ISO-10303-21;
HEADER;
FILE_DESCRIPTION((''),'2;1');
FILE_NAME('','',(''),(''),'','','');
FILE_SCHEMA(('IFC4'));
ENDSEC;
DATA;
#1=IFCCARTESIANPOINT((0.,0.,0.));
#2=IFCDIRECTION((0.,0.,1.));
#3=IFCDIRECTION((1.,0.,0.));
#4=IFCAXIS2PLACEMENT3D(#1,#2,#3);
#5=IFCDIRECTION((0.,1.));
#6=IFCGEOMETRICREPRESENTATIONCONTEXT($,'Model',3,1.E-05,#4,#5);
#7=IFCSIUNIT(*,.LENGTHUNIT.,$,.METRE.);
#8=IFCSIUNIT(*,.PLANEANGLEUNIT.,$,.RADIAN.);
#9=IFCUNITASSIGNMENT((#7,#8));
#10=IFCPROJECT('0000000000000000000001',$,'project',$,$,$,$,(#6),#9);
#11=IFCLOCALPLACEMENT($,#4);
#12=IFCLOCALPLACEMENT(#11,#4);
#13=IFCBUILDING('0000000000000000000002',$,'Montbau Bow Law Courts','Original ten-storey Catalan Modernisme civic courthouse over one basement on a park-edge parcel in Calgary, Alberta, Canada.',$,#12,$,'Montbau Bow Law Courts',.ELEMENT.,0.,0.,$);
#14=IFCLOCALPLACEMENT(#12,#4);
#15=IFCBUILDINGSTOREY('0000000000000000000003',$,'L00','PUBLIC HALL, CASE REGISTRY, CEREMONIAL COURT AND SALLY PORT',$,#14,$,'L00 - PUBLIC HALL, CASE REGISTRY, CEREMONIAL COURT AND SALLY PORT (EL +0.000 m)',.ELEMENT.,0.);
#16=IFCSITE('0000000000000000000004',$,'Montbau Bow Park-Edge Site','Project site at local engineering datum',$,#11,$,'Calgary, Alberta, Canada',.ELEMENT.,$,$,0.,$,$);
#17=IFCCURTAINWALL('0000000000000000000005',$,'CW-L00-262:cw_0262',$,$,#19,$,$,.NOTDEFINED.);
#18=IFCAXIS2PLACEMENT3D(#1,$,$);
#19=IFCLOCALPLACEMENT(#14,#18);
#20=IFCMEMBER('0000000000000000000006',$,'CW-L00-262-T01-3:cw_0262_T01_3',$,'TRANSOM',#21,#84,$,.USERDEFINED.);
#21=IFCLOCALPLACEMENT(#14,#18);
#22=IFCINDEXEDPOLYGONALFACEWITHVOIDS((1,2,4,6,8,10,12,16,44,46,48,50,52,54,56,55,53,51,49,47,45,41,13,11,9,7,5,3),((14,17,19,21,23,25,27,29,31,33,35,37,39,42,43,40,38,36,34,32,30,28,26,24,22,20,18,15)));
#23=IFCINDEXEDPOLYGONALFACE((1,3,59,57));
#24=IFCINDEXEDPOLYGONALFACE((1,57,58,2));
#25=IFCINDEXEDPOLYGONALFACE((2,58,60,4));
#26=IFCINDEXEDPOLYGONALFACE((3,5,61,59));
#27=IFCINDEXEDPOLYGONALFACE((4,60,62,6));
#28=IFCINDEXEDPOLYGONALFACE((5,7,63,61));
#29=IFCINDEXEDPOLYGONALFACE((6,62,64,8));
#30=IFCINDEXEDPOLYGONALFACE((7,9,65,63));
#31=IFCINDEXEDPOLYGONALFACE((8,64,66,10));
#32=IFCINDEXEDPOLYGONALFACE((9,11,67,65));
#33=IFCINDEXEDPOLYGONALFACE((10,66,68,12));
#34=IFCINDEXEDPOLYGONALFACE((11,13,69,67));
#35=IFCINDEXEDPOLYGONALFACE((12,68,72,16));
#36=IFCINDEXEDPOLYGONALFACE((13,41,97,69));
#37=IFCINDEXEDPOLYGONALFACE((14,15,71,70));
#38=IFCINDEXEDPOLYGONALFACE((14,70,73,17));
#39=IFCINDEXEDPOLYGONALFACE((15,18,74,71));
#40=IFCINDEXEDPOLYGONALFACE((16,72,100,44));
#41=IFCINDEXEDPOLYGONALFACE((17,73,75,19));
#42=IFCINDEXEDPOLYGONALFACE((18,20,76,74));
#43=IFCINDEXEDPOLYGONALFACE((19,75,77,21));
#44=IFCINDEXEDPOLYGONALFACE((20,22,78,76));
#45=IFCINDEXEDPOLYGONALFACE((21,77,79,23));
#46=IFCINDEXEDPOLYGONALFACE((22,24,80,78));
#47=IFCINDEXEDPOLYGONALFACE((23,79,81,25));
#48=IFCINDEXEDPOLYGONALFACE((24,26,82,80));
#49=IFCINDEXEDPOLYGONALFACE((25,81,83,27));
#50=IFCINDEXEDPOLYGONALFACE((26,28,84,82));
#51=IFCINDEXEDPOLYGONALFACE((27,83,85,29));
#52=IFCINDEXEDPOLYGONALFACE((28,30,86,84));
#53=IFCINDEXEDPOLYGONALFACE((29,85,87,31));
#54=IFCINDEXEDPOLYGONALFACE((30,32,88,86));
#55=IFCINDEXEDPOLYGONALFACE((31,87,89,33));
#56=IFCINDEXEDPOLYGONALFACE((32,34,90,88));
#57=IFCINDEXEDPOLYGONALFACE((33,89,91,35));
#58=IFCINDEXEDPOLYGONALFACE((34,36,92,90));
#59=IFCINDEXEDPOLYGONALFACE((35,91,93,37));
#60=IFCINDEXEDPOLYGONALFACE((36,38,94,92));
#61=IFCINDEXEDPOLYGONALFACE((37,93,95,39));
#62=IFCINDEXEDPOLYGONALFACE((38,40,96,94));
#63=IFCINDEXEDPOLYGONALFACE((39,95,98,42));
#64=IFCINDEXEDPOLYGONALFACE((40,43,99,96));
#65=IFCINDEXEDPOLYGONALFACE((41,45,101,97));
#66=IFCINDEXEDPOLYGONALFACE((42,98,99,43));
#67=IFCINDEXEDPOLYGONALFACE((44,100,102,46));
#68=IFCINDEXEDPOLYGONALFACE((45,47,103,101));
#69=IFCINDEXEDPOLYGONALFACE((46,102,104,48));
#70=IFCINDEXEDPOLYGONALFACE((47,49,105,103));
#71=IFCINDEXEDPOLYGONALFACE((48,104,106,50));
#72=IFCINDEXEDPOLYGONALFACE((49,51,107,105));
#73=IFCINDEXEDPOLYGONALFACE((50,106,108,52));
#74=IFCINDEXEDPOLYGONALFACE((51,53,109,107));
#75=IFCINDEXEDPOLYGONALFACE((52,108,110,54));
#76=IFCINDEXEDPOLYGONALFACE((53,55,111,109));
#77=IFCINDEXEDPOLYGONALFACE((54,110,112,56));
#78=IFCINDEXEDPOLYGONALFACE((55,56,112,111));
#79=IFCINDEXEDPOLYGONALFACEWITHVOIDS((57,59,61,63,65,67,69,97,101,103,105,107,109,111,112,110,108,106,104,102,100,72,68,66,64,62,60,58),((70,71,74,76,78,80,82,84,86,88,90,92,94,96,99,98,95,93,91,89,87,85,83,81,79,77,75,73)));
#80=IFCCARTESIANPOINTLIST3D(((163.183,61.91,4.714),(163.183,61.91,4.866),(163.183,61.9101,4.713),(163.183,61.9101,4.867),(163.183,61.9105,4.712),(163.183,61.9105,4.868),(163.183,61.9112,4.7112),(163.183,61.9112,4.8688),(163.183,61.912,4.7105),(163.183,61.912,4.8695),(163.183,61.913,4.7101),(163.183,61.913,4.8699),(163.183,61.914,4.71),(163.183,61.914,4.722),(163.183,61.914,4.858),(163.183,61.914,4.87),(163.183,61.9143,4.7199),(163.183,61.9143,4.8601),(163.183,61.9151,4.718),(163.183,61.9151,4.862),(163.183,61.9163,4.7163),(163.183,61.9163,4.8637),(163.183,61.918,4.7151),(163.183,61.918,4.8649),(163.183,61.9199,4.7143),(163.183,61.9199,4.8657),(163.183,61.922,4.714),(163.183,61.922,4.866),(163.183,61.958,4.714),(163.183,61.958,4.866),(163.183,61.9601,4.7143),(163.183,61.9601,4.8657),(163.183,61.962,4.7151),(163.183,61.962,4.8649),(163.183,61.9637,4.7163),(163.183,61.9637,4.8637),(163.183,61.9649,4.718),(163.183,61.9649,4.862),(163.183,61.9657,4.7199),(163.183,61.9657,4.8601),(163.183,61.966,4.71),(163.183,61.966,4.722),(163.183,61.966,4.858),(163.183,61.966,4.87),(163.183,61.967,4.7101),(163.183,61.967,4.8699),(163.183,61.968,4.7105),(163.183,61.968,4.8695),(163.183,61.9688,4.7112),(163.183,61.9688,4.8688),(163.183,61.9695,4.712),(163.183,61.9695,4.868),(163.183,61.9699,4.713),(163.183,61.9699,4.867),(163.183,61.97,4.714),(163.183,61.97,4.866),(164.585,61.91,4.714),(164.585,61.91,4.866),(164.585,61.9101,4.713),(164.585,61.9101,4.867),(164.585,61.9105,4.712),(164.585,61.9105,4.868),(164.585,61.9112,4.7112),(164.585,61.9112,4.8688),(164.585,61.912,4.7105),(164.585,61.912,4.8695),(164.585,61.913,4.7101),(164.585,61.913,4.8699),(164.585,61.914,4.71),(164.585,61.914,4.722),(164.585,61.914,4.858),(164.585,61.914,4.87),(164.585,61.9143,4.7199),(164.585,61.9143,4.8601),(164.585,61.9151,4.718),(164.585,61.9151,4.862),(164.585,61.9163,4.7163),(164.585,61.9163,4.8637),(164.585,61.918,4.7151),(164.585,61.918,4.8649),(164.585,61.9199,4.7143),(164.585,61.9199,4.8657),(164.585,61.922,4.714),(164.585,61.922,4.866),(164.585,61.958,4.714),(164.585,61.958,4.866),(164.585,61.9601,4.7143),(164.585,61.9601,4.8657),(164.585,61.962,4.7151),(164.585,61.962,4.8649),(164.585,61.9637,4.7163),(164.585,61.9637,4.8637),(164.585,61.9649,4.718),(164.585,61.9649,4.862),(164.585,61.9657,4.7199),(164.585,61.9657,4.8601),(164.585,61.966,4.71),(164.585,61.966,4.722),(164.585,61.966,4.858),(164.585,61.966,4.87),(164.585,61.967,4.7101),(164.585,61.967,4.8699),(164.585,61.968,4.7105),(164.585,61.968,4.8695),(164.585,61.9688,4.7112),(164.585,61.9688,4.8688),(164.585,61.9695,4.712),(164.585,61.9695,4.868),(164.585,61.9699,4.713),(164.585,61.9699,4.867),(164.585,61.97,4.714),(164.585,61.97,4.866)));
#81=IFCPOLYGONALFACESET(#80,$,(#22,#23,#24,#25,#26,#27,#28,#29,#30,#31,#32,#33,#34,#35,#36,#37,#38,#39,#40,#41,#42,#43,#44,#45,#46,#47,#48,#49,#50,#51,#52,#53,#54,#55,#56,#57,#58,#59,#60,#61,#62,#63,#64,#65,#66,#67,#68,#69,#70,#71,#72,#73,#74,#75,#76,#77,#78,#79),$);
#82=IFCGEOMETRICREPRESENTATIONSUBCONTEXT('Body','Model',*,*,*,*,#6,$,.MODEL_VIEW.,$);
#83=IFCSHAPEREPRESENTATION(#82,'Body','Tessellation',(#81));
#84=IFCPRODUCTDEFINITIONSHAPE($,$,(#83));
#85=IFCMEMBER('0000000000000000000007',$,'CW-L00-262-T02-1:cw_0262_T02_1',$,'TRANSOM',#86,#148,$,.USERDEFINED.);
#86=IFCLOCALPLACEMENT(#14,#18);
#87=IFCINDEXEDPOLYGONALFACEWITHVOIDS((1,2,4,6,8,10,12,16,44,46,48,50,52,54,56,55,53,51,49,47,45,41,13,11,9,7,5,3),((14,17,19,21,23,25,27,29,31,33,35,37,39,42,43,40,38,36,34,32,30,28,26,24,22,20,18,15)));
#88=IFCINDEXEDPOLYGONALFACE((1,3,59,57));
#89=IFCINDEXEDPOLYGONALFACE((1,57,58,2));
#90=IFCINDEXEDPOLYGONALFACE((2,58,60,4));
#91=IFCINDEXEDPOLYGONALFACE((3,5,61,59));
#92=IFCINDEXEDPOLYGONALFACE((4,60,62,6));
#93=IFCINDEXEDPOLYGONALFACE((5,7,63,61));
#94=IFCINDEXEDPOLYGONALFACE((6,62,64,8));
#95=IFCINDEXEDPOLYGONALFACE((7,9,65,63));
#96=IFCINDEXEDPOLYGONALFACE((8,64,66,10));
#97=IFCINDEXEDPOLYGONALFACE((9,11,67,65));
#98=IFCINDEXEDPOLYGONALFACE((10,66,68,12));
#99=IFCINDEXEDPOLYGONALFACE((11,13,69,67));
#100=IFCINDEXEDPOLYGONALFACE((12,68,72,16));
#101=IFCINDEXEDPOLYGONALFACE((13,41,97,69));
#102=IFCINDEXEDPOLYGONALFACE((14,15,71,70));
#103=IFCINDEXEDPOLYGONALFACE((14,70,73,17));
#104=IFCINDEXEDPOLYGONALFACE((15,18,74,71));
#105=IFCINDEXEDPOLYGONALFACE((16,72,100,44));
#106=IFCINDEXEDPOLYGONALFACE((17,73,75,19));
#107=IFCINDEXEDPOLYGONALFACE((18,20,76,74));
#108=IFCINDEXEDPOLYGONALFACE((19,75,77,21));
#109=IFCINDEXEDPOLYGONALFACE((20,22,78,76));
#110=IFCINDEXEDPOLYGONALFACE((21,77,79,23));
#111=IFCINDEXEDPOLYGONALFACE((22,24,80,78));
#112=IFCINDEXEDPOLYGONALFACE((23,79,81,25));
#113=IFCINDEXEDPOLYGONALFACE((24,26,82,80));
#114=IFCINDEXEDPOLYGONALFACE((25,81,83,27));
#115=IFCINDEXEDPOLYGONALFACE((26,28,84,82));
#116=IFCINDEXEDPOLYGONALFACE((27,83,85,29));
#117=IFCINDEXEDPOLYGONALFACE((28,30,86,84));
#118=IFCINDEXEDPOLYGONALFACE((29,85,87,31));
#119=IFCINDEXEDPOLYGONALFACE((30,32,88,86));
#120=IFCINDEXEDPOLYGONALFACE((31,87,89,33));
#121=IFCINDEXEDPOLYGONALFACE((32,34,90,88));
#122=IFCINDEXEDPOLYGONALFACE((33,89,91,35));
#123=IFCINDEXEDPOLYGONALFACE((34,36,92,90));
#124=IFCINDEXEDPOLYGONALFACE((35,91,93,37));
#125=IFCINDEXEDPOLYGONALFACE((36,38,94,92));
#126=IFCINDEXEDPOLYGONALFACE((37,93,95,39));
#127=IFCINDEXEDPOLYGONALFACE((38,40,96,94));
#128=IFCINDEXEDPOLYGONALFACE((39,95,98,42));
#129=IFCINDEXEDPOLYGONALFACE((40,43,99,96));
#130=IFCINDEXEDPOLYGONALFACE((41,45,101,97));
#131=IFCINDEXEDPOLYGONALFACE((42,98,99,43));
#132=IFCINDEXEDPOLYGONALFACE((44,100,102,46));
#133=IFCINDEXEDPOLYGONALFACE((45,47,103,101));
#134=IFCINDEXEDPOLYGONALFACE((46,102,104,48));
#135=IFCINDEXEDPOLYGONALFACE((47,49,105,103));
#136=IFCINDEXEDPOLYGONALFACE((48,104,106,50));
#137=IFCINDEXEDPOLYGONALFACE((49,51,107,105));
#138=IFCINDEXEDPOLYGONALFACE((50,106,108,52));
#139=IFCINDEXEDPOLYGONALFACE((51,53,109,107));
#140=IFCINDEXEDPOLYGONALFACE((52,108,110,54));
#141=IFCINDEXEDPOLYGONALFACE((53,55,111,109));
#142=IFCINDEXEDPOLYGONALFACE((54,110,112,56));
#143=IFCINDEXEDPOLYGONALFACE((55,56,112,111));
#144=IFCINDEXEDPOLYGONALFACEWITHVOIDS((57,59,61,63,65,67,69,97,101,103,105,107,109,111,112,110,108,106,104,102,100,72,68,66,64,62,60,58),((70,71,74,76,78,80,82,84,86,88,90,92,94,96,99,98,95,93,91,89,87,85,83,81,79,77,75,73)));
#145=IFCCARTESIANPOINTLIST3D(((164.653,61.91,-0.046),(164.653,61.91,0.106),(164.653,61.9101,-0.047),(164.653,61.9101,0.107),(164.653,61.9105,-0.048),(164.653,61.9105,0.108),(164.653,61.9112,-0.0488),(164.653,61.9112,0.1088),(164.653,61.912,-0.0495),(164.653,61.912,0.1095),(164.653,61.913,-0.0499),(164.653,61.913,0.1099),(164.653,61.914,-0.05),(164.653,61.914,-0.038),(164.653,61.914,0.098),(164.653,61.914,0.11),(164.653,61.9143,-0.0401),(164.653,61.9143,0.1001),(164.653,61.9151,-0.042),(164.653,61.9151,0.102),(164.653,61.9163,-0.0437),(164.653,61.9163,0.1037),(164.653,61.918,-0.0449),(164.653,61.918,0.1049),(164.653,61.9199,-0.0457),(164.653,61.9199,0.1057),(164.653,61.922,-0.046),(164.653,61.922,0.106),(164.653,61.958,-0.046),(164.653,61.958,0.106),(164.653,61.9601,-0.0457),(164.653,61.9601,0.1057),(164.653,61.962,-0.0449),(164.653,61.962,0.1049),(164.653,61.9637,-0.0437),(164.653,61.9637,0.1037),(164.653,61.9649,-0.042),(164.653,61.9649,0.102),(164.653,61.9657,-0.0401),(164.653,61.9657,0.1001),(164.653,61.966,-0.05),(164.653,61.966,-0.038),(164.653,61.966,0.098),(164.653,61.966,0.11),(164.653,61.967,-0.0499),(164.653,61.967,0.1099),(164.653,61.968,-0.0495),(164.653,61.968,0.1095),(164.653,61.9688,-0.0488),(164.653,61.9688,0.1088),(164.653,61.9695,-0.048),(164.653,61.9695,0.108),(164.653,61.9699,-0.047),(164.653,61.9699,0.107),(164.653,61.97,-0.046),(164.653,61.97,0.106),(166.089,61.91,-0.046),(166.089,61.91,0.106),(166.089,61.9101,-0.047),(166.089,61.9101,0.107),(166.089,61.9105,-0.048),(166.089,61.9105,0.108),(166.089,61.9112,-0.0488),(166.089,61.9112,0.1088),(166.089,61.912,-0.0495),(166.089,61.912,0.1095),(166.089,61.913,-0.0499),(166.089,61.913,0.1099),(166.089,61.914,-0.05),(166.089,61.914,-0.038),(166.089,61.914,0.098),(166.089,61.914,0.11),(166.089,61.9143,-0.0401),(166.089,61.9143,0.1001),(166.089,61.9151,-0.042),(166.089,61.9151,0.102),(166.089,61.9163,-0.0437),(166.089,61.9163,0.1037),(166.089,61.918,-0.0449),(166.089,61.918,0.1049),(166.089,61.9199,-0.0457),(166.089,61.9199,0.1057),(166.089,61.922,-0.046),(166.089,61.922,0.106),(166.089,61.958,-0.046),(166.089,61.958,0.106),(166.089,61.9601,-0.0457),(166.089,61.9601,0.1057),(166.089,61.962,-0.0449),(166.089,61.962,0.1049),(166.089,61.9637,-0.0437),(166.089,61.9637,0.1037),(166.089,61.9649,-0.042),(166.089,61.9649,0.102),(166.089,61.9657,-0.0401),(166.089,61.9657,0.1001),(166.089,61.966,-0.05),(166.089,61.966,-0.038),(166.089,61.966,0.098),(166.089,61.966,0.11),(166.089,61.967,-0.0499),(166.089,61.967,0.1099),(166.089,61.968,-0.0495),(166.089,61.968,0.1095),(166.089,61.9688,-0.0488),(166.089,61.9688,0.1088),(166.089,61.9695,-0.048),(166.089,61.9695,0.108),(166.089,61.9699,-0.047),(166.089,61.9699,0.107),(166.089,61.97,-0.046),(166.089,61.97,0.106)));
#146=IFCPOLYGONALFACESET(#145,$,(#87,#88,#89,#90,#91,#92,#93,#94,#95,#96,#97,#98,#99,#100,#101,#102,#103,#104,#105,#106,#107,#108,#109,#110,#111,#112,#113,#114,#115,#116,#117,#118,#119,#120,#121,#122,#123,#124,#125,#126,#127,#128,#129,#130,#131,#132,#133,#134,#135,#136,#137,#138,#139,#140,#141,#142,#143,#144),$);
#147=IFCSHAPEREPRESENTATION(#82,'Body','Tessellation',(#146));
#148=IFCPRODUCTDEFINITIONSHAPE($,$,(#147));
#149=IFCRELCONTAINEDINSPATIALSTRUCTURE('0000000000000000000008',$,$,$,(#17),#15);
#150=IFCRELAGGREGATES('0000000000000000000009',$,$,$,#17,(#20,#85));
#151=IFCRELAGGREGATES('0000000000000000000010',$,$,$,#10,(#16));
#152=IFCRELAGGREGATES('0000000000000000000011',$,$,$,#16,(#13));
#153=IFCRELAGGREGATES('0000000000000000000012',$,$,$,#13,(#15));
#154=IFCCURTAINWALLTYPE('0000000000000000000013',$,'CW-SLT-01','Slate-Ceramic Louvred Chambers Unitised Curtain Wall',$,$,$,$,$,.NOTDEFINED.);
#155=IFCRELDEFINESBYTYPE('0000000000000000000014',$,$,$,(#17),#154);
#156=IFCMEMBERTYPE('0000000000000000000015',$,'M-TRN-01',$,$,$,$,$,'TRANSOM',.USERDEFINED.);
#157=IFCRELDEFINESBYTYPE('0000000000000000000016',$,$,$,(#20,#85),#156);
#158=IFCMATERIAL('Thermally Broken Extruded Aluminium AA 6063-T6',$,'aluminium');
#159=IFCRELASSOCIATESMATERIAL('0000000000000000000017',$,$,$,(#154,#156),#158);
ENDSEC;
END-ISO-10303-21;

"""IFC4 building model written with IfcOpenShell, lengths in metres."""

from ifc_helpers import new_model, si_unit, direction, frame, origin_with_axes, origin_2d_with_axis, place, context, subcontext, project, spatial, hollow_rectangle, extrude, material, material_profile, profile_set, type_object, element, aggregate, save


model = new_model("IFC4")

# Units and contexts
model_context = context("Model", 3, precision=1e-05, world=origin_with_axes(), true_north=direction((0.0, 1.0)))
body_context = subcontext(model_context, "Body", "Model", "MODEL_VIEW")
ifc_project = project(units=[si_unit("LENGTHUNIT", "METRE"), si_unit("PLANEANGLEUNIT", "RADIAN")], contexts=[model_context])

# Site, building, storey
site_placement = place(None, origin_with_axes())
site = spatial("IfcSite", under=ifc_project, at=site_placement, Name="Montbau Bow Park-Edge Site", Description="Project site at local engineering datum", LongName="Calgary, Alberta, Canada", CompositionType="ELEMENT", RefElevation=0.0)
building_placement = place(site_placement, origin_with_axes())
building = spatial("IfcBuilding", under=site, at=building_placement, Name="Montbau Bow Law Courts", Description="Original ten-storey Catalan Modernisme civic courthouse over one basement on a park-edge parcel in Calgary, Alberta, Canada.", LongName="Montbau Bow Law Courts", CompositionType="ELEMENT", ElevationOfRefHeight=0.0, ElevationOfTerrain=0.0)
storey_placement = place(building_placement, origin_with_axes())
storey = spatial("IfcBuildingStorey", under=building, at=storey_placement, Name="L00", Description="PUBLIC HALL, CASE REGISTRY, CEREMONIAL COURT AND SALLY PORT", LongName="L00 - PUBLIC HALL, CASE REGISTRY, CEREMONIAL COURT AND SALLY PORT (EL +0.000 m)", CompositionType="ELEMENT", Elevation=0.0)

# Shared definitions
ifc_material_1 = material(Name="Thermally Broken Extruded Aluminium AA 6063-T6", Category="aluminium")
curtain_wall_type = type_object("IfcCurtainWallType", Name="CW-SLT-01", Description="Slate-Ceramic Louvred Chambers Unitised Curtain Wall", PredefinedType="NOTDEFINED", material=ifc_material_1)

# Curtain wall, members
curtain_wall_1_placement = place(None, frame((163.115, 61.94, 0.0), z_axis=(0.0, 0.0, 1.0), x_axis=(1.0, 0.0, 0.0)))
curtain_wall_1 = element("IfcCurtainWall", 1, at=curtain_wall_1_placement, inside=storey, type_object=curtain_wall_type, Name="CW-L00-262:cw_0262", PredefinedType="NOTDEFINED")
ifc_material_profile_1 = material_profile(ifc_material_1, hollow_rectangle(XDim=0.06, YDim=0.16, WallThickness=0.004, InnerFilletRadius=0.008, OuterFilletRadius=0.004, at=origin_2d_with_axis()), Name="CWT-160X60", Category="Main", Priority=0)
ifc_profile_set_1 = profile_set([ifc_material_profile_1], Name="Thermally Broken Extruded Aluminium AA 6063-T6")
member_type_1 = type_object("IfcMemberType", Name="M-TRN-01", ElementType="TRANSOM", PredefinedType="USERDEFINED", material=ifc_profile_set_1)
member_1_placement = place(None, frame((163.183, 61.94, 4.79), z_axis=(1.0, 0.0, 0.0), x_axis=(0.0, 1.0, 0.0)))
member_1 = element("IfcMember", 2, at=member_1_placement, type_object=member_type_1, Name="CW-L00-262-T01-3:cw_0262_T01_3", ObjectType="TRANSOM", PredefinedType="USERDEFINED", context=body_context, shape_type="SweptSolid", body=[
    extrude(hollow_rectangle(XDim=0.06, YDim=0.16, WallThickness=0.004, InnerFilletRadius=0.008, OuterFilletRadius=0.004, at=origin_2d_with_axis()), origin_with_axes(), (0.0, 0.0, 1.0), 1.402),
])
member_2_placement = place(None, frame((164.653, 61.94, 0.03), z_axis=(1.0, 0.0, 0.0), x_axis=(0.0, 1.0, 0.0)))
member_2 = element("IfcMember", 3, at=member_2_placement, type_object=member_type_1, Name="CW-L00-262-T02-1:cw_0262_T02_1", ObjectType="TRANSOM", PredefinedType="USERDEFINED", context=body_context, shape_type="SweptSolid", body=[
    extrude(hollow_rectangle(XDim=0.06, YDim=0.16, WallThickness=0.004, InnerFilletRadius=0.008, OuterFilletRadius=0.004, at=origin_2d_with_axis()), origin_with_axes(), (0.0, 0.0, 1.0), 1.436),
])

aggregate(curtain_wall_1, [member_1, member_2])

save(model, "model.ifc")
